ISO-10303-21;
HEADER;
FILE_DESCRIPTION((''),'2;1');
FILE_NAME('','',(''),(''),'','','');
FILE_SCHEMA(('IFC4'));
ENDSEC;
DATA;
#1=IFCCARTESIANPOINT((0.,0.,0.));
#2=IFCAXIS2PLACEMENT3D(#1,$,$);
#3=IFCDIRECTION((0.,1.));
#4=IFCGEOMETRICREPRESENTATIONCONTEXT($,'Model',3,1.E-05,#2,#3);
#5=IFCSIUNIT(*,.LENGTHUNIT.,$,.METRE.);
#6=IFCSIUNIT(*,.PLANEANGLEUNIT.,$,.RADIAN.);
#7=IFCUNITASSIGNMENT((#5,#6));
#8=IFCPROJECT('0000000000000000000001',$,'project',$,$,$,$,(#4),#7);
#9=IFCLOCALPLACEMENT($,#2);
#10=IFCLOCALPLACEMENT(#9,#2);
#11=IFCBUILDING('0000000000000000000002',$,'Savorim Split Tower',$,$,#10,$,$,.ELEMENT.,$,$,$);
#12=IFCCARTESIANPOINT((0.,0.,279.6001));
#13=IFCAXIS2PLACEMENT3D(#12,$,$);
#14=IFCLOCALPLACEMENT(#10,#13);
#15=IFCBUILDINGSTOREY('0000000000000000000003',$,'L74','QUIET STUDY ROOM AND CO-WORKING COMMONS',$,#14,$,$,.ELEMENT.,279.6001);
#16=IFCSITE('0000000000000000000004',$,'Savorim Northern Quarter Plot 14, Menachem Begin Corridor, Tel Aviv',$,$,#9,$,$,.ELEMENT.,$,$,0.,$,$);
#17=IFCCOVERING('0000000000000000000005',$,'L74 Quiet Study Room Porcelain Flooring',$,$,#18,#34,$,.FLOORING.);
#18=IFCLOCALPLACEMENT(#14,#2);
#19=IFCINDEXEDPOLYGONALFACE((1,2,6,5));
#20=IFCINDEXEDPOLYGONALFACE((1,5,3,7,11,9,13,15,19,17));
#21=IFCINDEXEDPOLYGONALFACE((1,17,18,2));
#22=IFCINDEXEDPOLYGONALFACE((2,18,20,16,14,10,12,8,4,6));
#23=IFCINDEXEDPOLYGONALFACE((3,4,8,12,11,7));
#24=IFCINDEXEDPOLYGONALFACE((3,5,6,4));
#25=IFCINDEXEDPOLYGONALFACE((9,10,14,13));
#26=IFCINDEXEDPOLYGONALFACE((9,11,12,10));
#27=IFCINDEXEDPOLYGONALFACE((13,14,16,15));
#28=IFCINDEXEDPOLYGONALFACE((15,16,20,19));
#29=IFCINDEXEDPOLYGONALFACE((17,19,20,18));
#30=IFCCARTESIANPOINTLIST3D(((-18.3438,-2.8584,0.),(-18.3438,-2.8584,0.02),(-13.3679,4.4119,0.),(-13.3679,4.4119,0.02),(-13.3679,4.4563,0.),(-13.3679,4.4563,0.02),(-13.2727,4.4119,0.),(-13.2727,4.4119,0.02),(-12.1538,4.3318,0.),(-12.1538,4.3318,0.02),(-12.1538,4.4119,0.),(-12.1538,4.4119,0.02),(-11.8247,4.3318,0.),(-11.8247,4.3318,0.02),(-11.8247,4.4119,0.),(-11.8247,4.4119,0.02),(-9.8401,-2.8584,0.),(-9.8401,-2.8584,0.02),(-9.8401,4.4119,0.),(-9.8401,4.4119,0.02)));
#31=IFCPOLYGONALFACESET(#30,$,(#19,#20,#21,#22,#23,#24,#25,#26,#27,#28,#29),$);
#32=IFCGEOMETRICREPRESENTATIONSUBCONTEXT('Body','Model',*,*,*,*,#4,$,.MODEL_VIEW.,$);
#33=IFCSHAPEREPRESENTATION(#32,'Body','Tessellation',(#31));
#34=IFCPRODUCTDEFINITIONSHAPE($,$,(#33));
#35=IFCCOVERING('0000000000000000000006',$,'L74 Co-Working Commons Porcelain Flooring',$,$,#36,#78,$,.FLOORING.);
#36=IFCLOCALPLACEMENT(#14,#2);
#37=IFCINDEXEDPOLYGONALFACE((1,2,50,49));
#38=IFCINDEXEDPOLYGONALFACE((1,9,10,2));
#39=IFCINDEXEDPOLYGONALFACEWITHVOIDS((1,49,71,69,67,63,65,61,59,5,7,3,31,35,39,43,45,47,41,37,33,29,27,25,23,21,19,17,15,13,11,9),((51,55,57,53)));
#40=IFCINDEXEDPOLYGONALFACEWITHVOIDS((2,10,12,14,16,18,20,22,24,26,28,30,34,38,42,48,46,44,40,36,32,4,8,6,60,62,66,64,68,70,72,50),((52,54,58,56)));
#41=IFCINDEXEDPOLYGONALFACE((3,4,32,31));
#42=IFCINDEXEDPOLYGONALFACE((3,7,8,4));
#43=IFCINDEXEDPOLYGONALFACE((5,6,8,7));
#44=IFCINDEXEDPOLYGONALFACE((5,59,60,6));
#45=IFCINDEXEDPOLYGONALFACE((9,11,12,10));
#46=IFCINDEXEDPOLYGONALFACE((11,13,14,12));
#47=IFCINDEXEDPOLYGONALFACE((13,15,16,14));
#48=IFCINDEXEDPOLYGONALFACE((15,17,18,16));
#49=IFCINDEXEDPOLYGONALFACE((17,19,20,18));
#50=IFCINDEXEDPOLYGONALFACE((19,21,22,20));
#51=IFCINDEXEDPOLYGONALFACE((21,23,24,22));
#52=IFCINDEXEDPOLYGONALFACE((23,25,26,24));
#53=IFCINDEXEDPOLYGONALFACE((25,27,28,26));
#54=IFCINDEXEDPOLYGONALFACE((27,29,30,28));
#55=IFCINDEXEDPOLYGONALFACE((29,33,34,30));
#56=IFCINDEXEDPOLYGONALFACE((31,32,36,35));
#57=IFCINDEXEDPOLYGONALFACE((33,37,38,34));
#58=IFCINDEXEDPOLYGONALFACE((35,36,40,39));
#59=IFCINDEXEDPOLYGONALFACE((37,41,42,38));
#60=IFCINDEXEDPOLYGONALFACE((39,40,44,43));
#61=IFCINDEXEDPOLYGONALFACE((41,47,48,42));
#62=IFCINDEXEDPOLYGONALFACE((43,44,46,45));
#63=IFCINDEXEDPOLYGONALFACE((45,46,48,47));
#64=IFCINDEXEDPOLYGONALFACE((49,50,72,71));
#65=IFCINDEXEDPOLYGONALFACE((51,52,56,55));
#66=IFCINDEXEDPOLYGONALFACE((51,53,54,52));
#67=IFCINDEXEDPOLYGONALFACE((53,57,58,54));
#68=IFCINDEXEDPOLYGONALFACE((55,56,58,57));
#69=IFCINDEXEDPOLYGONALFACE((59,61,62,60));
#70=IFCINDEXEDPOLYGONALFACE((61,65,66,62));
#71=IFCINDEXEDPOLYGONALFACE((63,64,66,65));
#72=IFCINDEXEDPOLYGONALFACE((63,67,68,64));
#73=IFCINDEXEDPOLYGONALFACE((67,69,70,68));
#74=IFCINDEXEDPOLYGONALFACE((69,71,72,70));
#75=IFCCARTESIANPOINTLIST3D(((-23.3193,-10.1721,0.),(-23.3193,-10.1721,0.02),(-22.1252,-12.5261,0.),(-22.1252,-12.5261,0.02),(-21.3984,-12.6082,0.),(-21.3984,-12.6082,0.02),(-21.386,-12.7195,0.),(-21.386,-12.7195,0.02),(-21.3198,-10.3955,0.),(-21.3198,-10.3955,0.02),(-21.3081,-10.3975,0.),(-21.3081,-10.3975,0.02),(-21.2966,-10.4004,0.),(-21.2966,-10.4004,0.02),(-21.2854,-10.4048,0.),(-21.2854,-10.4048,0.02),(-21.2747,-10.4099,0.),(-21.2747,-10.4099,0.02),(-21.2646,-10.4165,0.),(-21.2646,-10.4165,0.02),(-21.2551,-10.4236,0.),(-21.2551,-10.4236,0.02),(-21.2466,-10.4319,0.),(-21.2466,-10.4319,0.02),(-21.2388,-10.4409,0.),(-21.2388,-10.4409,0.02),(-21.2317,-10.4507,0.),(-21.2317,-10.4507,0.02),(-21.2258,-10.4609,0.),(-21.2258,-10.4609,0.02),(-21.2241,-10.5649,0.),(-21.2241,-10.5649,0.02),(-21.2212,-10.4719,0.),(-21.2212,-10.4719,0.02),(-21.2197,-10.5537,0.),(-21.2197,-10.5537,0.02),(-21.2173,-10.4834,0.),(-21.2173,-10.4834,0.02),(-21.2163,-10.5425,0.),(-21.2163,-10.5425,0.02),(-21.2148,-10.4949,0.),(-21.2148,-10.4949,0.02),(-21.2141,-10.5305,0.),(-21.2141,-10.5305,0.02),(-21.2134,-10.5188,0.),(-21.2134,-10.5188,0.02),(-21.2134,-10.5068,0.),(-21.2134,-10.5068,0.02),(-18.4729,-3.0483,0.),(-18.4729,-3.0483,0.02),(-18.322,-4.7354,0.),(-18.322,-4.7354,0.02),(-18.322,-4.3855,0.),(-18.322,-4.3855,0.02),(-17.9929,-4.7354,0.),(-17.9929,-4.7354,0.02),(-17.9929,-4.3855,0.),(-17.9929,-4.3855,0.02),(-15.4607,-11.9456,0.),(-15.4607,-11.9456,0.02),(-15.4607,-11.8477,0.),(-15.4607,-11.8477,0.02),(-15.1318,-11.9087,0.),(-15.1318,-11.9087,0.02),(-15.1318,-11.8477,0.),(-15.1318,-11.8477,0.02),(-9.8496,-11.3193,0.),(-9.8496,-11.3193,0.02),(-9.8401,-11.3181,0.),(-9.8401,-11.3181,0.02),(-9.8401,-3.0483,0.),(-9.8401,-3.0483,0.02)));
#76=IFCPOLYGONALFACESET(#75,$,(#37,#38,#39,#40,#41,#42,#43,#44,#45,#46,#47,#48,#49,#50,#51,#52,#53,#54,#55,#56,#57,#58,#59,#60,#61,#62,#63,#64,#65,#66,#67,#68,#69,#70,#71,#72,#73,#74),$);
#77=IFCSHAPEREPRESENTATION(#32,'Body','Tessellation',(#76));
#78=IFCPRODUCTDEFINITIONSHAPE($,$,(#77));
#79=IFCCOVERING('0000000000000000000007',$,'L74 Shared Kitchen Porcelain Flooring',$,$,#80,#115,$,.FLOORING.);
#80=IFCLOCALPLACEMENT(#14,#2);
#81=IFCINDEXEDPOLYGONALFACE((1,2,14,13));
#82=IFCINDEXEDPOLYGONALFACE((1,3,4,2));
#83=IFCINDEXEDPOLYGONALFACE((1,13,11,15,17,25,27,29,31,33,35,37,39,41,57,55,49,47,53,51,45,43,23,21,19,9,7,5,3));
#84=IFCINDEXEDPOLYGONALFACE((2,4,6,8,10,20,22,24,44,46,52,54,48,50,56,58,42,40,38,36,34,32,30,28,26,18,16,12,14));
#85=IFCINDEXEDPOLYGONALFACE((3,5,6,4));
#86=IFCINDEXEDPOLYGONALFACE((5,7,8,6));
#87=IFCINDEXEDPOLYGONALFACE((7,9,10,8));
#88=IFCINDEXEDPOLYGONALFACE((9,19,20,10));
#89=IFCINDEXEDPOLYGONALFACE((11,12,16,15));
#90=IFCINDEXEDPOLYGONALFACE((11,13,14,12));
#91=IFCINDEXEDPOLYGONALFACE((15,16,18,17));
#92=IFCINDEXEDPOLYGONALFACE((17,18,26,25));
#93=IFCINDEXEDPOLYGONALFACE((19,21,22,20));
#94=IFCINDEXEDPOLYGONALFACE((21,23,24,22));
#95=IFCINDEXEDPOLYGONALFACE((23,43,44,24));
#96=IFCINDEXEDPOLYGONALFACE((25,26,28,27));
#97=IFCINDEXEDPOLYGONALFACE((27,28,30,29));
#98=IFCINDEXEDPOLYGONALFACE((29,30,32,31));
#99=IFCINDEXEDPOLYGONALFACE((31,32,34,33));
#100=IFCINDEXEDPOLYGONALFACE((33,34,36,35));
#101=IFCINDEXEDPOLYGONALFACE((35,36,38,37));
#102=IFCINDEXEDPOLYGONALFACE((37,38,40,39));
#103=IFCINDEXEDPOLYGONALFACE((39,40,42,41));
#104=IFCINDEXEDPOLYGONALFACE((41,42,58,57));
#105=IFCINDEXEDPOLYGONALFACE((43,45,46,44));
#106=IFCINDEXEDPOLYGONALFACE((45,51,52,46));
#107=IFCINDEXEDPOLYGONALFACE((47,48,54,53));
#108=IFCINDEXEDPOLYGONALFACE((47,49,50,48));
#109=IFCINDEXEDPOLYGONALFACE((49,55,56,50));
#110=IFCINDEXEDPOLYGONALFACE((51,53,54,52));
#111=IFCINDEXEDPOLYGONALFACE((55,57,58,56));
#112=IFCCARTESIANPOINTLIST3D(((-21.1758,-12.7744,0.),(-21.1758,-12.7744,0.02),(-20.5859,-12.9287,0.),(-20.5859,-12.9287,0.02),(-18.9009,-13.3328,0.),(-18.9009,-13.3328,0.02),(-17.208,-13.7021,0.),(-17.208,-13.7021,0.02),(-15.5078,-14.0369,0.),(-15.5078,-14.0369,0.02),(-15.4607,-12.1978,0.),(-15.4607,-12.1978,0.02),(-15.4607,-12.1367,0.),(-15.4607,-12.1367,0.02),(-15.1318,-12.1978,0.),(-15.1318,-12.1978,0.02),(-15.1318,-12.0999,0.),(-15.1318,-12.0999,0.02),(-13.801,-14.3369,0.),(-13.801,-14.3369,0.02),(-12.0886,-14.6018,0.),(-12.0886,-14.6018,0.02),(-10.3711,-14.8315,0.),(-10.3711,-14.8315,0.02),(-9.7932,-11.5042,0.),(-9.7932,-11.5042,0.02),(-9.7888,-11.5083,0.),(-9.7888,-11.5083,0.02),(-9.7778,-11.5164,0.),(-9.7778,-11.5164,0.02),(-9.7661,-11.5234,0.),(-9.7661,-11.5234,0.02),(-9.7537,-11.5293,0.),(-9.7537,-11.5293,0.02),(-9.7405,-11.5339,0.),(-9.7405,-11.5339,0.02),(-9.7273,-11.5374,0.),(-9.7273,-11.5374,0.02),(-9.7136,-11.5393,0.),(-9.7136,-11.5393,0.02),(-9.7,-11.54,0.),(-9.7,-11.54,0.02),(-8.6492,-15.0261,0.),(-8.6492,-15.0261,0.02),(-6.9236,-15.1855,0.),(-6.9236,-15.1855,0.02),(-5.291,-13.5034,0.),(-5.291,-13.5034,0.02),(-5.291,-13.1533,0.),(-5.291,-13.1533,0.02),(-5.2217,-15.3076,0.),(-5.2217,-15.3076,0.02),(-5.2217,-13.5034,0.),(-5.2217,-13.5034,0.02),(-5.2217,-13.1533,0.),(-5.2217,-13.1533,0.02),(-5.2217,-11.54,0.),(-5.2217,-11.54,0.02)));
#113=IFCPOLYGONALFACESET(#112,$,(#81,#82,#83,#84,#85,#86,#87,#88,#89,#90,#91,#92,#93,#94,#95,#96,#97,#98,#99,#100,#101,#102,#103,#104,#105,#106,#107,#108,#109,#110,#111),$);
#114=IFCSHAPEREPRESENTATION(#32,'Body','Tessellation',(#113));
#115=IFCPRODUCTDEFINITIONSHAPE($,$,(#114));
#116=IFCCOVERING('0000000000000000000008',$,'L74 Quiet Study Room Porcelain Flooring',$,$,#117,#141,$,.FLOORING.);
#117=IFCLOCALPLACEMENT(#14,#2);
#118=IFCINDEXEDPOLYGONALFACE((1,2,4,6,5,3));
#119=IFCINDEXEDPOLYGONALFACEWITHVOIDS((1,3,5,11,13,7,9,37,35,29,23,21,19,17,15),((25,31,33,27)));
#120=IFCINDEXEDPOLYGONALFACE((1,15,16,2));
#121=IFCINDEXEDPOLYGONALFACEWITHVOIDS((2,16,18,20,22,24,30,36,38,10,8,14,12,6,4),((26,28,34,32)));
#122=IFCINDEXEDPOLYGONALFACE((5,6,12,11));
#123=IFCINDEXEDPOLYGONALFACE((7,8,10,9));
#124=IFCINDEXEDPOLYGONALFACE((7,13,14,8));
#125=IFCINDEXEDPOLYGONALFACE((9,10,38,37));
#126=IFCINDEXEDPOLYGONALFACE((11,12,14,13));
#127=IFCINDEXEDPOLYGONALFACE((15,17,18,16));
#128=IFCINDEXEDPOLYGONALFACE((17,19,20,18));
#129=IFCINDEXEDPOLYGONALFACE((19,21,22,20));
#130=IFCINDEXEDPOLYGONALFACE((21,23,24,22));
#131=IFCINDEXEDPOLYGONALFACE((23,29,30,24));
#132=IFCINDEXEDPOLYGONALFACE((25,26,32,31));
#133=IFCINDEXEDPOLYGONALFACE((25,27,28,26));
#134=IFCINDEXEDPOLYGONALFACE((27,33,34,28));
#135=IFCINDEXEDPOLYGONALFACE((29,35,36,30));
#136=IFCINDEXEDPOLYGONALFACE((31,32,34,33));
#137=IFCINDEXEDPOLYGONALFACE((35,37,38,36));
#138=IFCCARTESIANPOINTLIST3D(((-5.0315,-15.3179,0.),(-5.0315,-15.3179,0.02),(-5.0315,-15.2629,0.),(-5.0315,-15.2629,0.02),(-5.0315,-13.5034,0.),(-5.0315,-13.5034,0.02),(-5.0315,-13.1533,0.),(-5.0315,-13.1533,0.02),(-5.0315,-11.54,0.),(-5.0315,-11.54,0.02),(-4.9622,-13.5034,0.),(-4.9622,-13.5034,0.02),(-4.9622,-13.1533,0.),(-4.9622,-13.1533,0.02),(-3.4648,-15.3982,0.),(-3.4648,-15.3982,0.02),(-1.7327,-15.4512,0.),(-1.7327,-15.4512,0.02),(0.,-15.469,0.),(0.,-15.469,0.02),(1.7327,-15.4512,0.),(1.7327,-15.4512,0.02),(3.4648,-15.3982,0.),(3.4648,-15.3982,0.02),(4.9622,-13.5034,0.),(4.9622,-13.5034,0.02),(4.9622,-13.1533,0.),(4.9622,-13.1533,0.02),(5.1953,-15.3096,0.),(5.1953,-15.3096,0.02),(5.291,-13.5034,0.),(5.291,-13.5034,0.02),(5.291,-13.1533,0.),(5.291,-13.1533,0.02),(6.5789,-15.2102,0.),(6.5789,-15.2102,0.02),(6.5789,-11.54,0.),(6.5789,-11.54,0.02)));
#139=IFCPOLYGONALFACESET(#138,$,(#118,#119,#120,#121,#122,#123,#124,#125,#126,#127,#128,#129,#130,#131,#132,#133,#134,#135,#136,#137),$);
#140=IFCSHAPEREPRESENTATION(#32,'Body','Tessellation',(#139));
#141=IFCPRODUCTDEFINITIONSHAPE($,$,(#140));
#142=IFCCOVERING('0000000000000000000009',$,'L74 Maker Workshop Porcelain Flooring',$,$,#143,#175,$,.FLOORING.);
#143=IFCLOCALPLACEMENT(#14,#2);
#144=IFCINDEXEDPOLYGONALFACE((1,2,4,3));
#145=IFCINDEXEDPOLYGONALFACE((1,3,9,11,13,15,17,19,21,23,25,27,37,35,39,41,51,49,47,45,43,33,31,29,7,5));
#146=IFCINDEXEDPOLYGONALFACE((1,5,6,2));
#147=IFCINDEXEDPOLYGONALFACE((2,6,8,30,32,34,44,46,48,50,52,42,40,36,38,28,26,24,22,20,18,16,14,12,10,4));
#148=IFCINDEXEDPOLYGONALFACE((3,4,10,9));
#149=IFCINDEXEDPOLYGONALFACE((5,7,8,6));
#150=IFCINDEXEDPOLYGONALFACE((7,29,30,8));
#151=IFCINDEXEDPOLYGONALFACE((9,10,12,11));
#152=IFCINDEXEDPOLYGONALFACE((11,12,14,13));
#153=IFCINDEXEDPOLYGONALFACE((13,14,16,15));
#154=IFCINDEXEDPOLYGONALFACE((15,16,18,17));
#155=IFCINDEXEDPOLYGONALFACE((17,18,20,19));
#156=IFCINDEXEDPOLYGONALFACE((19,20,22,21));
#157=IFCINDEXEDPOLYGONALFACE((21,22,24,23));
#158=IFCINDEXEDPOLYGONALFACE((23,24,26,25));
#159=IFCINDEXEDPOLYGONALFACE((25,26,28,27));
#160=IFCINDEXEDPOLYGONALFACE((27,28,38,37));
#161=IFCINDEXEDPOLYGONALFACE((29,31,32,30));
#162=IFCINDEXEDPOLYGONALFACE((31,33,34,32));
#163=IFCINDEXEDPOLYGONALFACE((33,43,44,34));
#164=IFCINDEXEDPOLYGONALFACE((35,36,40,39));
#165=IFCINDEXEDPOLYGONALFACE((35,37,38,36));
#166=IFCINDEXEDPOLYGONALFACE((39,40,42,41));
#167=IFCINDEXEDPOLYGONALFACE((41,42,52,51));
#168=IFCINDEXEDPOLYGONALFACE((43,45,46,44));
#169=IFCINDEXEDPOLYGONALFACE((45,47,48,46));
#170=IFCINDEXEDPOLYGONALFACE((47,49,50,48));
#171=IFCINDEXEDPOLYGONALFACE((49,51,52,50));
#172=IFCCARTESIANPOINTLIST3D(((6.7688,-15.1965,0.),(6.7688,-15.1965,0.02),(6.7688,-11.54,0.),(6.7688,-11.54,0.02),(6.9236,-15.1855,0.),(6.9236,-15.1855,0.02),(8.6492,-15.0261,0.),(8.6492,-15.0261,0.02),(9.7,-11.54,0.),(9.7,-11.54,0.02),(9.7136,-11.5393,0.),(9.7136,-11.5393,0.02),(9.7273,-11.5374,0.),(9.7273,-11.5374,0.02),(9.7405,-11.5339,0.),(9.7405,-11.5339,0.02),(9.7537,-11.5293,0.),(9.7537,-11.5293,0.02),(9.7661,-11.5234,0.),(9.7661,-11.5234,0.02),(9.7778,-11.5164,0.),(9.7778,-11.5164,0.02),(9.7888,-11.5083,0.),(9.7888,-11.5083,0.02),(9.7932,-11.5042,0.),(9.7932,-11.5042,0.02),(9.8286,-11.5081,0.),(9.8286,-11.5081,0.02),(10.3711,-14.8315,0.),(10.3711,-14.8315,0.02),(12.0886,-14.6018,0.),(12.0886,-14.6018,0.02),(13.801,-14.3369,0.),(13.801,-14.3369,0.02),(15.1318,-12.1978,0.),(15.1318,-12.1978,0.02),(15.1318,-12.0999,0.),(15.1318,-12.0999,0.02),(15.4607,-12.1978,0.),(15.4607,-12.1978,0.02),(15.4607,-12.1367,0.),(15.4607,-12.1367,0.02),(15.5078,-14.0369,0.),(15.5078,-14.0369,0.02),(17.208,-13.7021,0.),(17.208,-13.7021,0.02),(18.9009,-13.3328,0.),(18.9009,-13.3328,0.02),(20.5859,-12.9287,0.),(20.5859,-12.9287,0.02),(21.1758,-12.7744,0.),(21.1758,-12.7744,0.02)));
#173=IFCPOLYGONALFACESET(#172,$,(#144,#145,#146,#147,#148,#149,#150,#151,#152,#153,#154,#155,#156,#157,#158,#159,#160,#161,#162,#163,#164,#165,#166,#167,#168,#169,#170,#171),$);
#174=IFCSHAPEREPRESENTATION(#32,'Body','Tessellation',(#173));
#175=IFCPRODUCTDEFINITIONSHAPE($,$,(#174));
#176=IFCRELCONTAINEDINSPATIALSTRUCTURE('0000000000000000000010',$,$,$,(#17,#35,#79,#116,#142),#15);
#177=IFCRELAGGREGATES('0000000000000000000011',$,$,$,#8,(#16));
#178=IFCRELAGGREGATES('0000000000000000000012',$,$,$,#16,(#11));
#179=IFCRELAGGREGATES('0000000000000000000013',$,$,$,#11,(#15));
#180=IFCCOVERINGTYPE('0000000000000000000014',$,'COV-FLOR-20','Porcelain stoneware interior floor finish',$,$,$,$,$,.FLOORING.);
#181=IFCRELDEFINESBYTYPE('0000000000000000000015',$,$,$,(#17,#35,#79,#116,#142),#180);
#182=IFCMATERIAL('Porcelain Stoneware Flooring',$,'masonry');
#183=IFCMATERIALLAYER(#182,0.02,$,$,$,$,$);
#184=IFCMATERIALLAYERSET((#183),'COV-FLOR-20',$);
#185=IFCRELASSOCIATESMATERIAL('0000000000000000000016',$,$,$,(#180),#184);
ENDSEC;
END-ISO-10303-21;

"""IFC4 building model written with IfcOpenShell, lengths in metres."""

from ifc_helpers import new_model, si_unit, direction, frame, origin, place, context, subcontext, project, spatial, polyline, outline, extrude, material, layer, layer_set, type_object, element, save


model = new_model("IFC4")

# Units and contexts
model_context = context("Model", 3, precision=1e-05, world=origin(), true_north=direction((0.0, 1.0)))
body_context = subcontext(model_context, "Body", "Model", "MODEL_VIEW")
ifc_project = project(units=[si_unit("LENGTHUNIT", "METRE"), si_unit("PLANEANGLEUNIT", "RADIAN")], contexts=[model_context])

# Site, building, storey
site_placement = place(None, origin())
site = spatial("IfcSite", under=ifc_project, at=site_placement, Name="Savorim Northern Quarter Plot 14, Menachem Begin Corridor, Tel Aviv", CompositionType="ELEMENT", RefElevation=0.0)
building_placement = place(site_placement, origin())
building = spatial("IfcBuilding", under=site, at=building_placement, Name="Savorim Split Tower", CompositionType="ELEMENT")
storey_placement = place(building_placement, frame((0.0, 0.0, 279.6001)))
storey = spatial("IfcBuildingStorey", under=building, at=storey_placement, Name="L74", Description="QUIET STUDY ROOM AND CO-WORKING COMMONS", CompositionType="ELEMENT", Elevation=279.6001)

# Coverings
ifc_material_1 = material(Name="Porcelain Stoneware Flooring", Category="masonry")
ifc_layer_1 = layer(ifc_material_1, 0.02)
ifc_layer_set_1 = layer_set([ifc_layer_1], Name="COV-FLOR-20")
covering_type_1 = type_object("IfcCoveringType", Name="COV-FLOR-20", Description="Porcelain stoneware interior floor finish", PredefinedType="FLOORING", material=ifc_layer_set_1)
covering_1_placement = place(storey_placement, origin())
element("IfcCovering", 1, at=covering_1_placement, inside=storey, type_object=covering_type_1, Name="L74 Quiet Study Room Porcelain Flooring", PredefinedType="FLOORING", context=body_context, shape_type="SweptSolid", body=[
    extrude(outline(polyline([(-13.2727, 4.4119), (-13.3679, 4.4119), (-13.3679, 4.4563), (-18.3438, -2.8584), (-9.8401, -2.8584), (-9.8401, 4.4119), (-11.8247, 4.4119), (-11.8247, 4.3318), (-12.1538, 4.3318), (-12.1538, 4.4119), (-13.2727, 4.4119)])), origin(), (0.0, 0.0, 1.0), 0.02),
])
covering_2_placement = place(storey_placement, origin())
element("IfcCovering", 2, at=covering_2_placement, inside=storey, type_object=covering_type_1, Name="L74 Co-Working Commons Porcelain Flooring", PredefinedType="FLOORING", context=body_context, shape_type="SweptSolid", body=[
    extrude(outline(polyline([(-21.2134, -10.5188), (-21.2141, -10.5305), (-21.2163, -10.5425), (-21.2197, -10.5537), (-21.2241, -10.5649), (-22.1252, -12.5261), (-21.386, -12.7195), (-21.3984, -12.6082), (-15.4607, -11.9456), (-15.4607, -11.8477), (-15.1318, -11.8477), (-15.1318, -11.9087), (-9.8496, -11.3193), (-9.8401, -11.3181), (-9.8401, -3.0483), (-18.4729, -3.0483), (-23.3193, -10.1721), (-21.3198, -10.3955), (-21.3081, -10.3975), (-21.2966, -10.4004), (-21.2854, -10.4048), (-21.2747, -10.4099), (-21.2646, -10.4165), (-21.2551, -10.4236), (-21.2466, -10.4319), (-21.2388, -10.4409), (-21.2317, -10.4507), (-21.2258, -10.4609), (-21.2212, -10.4719), (-21.2173, -10.4834), (-21.2148, -10.4949), (-21.2134, -10.5068), (-21.2134, -10.5188)]), holes=[polyline([(-18.322, -4.7354), (-17.9929, -4.7354), (-17.9929, -4.3855), (-18.322, -4.3855), (-18.322, -4.7354)])]), origin(), (0.0, 0.0, 1.0), 0.02),
])
covering_3_placement = place(storey_placement, origin())
element("IfcCovering", 3, at=covering_3_placement, inside=storey, type_object=covering_type_1, Name="L74 Shared Kitchen Porcelain Flooring", PredefinedType="FLOORING", context=body_context, shape_type="SweptSolid", body=[
    extrude(outline(polyline([(-12.0886, -14.6018), (-10.3711, -14.8315), (-8.6492, -15.0261), (-6.9236, -15.1855), (-5.2217, -15.3076), (-5.2217, -13.5034), (-5.291, -13.5034), (-5.291, -13.1533), (-5.2217, -13.1533), (-5.2217, -11.54), (-9.7, -11.54), (-9.7136, -11.5393), (-9.7273, -11.5374), (-9.7405, -11.5339), (-9.7537, -11.5293), (-9.7661, -11.5234), (-9.7778, -11.5164), (-9.7888, -11.5083), (-9.7932, -11.5042), (-15.1318, -12.0999), (-15.1318, -12.1978), (-15.4607, -12.1978), (-15.4607, -12.1367), (-21.1758, -12.7744), (-20.5859, -12.9287), (-18.9009, -13.3328), (-17.208, -13.7021), (-15.5078, -14.0369), (-13.801, -14.3369), (-12.0886, -14.6018)])), origin(), (0.0, 0.0, 1.0), 0.02),
])
covering_4_placement = place(storey_placement, origin())
element("IfcCovering", 4, at=covering_4_placement, inside=storey, type_object=covering_type_1, Name="L74 Quiet Study Room Porcelain Flooring", PredefinedType="FLOORING", context=body_context, shape_type="SweptSolid", body=[
    extrude(outline(polyline([(1.7327, -15.4512), (3.4648, -15.3982), (5.1953, -15.3096), (6.5789, -15.2102), (6.5789, -11.54), (-5.0315, -11.54), (-5.0315, -13.1533), (-4.9622, -13.1533), (-4.9622, -13.5034), (-5.0315, -13.5034), (-5.0315, -15.2629), (-5.0315, -15.3179), (-3.4648, -15.3982), (-1.7327, -15.4512), (0.0, -15.469), (1.7327, -15.4512)]), holes=[polyline([(4.9622, -13.5034), (5.291, -13.5034), (5.291, -13.1533), (4.9622, -13.1533), (4.9622, -13.5034)])]), origin(), (0.0, 0.0, 1.0), 0.02),
])
covering_5_placement = place(storey_placement, origin())
element("IfcCovering", 5, at=covering_5_placement, inside=storey, type_object=covering_type_1, Name="L74 Maker Workshop Porcelain Flooring", PredefinedType="FLOORING", context=body_context, shape_type="SweptSolid", body=[
    extrude(outline(polyline([(15.5078, -14.0369), (17.208, -13.7021), (18.9009, -13.3328), (20.5859, -12.9287), (21.1758, -12.7744), (15.4607, -12.1367), (15.4607, -12.1978), (15.1318, -12.1978), (15.1318, -12.0999), (9.8286, -11.5081), (9.7932, -11.5042), (9.7888, -11.5083), (9.7778, -11.5164), (9.7661, -11.5234), (9.7537, -11.5293), (9.7405, -11.5339), (9.7273, -11.5374), (9.7136, -11.5393), (9.7, -11.54), (6.7688, -11.54), (6.7688, -15.1965), (6.9236, -15.1855), (8.6492, -15.0261), (10.3711, -14.8315), (12.0886, -14.6018), (13.801, -14.3369), (15.5078, -14.0369)])), origin(), (0.0, 0.0, 1.0), 0.02),
])

save(model, "model.ifc")
